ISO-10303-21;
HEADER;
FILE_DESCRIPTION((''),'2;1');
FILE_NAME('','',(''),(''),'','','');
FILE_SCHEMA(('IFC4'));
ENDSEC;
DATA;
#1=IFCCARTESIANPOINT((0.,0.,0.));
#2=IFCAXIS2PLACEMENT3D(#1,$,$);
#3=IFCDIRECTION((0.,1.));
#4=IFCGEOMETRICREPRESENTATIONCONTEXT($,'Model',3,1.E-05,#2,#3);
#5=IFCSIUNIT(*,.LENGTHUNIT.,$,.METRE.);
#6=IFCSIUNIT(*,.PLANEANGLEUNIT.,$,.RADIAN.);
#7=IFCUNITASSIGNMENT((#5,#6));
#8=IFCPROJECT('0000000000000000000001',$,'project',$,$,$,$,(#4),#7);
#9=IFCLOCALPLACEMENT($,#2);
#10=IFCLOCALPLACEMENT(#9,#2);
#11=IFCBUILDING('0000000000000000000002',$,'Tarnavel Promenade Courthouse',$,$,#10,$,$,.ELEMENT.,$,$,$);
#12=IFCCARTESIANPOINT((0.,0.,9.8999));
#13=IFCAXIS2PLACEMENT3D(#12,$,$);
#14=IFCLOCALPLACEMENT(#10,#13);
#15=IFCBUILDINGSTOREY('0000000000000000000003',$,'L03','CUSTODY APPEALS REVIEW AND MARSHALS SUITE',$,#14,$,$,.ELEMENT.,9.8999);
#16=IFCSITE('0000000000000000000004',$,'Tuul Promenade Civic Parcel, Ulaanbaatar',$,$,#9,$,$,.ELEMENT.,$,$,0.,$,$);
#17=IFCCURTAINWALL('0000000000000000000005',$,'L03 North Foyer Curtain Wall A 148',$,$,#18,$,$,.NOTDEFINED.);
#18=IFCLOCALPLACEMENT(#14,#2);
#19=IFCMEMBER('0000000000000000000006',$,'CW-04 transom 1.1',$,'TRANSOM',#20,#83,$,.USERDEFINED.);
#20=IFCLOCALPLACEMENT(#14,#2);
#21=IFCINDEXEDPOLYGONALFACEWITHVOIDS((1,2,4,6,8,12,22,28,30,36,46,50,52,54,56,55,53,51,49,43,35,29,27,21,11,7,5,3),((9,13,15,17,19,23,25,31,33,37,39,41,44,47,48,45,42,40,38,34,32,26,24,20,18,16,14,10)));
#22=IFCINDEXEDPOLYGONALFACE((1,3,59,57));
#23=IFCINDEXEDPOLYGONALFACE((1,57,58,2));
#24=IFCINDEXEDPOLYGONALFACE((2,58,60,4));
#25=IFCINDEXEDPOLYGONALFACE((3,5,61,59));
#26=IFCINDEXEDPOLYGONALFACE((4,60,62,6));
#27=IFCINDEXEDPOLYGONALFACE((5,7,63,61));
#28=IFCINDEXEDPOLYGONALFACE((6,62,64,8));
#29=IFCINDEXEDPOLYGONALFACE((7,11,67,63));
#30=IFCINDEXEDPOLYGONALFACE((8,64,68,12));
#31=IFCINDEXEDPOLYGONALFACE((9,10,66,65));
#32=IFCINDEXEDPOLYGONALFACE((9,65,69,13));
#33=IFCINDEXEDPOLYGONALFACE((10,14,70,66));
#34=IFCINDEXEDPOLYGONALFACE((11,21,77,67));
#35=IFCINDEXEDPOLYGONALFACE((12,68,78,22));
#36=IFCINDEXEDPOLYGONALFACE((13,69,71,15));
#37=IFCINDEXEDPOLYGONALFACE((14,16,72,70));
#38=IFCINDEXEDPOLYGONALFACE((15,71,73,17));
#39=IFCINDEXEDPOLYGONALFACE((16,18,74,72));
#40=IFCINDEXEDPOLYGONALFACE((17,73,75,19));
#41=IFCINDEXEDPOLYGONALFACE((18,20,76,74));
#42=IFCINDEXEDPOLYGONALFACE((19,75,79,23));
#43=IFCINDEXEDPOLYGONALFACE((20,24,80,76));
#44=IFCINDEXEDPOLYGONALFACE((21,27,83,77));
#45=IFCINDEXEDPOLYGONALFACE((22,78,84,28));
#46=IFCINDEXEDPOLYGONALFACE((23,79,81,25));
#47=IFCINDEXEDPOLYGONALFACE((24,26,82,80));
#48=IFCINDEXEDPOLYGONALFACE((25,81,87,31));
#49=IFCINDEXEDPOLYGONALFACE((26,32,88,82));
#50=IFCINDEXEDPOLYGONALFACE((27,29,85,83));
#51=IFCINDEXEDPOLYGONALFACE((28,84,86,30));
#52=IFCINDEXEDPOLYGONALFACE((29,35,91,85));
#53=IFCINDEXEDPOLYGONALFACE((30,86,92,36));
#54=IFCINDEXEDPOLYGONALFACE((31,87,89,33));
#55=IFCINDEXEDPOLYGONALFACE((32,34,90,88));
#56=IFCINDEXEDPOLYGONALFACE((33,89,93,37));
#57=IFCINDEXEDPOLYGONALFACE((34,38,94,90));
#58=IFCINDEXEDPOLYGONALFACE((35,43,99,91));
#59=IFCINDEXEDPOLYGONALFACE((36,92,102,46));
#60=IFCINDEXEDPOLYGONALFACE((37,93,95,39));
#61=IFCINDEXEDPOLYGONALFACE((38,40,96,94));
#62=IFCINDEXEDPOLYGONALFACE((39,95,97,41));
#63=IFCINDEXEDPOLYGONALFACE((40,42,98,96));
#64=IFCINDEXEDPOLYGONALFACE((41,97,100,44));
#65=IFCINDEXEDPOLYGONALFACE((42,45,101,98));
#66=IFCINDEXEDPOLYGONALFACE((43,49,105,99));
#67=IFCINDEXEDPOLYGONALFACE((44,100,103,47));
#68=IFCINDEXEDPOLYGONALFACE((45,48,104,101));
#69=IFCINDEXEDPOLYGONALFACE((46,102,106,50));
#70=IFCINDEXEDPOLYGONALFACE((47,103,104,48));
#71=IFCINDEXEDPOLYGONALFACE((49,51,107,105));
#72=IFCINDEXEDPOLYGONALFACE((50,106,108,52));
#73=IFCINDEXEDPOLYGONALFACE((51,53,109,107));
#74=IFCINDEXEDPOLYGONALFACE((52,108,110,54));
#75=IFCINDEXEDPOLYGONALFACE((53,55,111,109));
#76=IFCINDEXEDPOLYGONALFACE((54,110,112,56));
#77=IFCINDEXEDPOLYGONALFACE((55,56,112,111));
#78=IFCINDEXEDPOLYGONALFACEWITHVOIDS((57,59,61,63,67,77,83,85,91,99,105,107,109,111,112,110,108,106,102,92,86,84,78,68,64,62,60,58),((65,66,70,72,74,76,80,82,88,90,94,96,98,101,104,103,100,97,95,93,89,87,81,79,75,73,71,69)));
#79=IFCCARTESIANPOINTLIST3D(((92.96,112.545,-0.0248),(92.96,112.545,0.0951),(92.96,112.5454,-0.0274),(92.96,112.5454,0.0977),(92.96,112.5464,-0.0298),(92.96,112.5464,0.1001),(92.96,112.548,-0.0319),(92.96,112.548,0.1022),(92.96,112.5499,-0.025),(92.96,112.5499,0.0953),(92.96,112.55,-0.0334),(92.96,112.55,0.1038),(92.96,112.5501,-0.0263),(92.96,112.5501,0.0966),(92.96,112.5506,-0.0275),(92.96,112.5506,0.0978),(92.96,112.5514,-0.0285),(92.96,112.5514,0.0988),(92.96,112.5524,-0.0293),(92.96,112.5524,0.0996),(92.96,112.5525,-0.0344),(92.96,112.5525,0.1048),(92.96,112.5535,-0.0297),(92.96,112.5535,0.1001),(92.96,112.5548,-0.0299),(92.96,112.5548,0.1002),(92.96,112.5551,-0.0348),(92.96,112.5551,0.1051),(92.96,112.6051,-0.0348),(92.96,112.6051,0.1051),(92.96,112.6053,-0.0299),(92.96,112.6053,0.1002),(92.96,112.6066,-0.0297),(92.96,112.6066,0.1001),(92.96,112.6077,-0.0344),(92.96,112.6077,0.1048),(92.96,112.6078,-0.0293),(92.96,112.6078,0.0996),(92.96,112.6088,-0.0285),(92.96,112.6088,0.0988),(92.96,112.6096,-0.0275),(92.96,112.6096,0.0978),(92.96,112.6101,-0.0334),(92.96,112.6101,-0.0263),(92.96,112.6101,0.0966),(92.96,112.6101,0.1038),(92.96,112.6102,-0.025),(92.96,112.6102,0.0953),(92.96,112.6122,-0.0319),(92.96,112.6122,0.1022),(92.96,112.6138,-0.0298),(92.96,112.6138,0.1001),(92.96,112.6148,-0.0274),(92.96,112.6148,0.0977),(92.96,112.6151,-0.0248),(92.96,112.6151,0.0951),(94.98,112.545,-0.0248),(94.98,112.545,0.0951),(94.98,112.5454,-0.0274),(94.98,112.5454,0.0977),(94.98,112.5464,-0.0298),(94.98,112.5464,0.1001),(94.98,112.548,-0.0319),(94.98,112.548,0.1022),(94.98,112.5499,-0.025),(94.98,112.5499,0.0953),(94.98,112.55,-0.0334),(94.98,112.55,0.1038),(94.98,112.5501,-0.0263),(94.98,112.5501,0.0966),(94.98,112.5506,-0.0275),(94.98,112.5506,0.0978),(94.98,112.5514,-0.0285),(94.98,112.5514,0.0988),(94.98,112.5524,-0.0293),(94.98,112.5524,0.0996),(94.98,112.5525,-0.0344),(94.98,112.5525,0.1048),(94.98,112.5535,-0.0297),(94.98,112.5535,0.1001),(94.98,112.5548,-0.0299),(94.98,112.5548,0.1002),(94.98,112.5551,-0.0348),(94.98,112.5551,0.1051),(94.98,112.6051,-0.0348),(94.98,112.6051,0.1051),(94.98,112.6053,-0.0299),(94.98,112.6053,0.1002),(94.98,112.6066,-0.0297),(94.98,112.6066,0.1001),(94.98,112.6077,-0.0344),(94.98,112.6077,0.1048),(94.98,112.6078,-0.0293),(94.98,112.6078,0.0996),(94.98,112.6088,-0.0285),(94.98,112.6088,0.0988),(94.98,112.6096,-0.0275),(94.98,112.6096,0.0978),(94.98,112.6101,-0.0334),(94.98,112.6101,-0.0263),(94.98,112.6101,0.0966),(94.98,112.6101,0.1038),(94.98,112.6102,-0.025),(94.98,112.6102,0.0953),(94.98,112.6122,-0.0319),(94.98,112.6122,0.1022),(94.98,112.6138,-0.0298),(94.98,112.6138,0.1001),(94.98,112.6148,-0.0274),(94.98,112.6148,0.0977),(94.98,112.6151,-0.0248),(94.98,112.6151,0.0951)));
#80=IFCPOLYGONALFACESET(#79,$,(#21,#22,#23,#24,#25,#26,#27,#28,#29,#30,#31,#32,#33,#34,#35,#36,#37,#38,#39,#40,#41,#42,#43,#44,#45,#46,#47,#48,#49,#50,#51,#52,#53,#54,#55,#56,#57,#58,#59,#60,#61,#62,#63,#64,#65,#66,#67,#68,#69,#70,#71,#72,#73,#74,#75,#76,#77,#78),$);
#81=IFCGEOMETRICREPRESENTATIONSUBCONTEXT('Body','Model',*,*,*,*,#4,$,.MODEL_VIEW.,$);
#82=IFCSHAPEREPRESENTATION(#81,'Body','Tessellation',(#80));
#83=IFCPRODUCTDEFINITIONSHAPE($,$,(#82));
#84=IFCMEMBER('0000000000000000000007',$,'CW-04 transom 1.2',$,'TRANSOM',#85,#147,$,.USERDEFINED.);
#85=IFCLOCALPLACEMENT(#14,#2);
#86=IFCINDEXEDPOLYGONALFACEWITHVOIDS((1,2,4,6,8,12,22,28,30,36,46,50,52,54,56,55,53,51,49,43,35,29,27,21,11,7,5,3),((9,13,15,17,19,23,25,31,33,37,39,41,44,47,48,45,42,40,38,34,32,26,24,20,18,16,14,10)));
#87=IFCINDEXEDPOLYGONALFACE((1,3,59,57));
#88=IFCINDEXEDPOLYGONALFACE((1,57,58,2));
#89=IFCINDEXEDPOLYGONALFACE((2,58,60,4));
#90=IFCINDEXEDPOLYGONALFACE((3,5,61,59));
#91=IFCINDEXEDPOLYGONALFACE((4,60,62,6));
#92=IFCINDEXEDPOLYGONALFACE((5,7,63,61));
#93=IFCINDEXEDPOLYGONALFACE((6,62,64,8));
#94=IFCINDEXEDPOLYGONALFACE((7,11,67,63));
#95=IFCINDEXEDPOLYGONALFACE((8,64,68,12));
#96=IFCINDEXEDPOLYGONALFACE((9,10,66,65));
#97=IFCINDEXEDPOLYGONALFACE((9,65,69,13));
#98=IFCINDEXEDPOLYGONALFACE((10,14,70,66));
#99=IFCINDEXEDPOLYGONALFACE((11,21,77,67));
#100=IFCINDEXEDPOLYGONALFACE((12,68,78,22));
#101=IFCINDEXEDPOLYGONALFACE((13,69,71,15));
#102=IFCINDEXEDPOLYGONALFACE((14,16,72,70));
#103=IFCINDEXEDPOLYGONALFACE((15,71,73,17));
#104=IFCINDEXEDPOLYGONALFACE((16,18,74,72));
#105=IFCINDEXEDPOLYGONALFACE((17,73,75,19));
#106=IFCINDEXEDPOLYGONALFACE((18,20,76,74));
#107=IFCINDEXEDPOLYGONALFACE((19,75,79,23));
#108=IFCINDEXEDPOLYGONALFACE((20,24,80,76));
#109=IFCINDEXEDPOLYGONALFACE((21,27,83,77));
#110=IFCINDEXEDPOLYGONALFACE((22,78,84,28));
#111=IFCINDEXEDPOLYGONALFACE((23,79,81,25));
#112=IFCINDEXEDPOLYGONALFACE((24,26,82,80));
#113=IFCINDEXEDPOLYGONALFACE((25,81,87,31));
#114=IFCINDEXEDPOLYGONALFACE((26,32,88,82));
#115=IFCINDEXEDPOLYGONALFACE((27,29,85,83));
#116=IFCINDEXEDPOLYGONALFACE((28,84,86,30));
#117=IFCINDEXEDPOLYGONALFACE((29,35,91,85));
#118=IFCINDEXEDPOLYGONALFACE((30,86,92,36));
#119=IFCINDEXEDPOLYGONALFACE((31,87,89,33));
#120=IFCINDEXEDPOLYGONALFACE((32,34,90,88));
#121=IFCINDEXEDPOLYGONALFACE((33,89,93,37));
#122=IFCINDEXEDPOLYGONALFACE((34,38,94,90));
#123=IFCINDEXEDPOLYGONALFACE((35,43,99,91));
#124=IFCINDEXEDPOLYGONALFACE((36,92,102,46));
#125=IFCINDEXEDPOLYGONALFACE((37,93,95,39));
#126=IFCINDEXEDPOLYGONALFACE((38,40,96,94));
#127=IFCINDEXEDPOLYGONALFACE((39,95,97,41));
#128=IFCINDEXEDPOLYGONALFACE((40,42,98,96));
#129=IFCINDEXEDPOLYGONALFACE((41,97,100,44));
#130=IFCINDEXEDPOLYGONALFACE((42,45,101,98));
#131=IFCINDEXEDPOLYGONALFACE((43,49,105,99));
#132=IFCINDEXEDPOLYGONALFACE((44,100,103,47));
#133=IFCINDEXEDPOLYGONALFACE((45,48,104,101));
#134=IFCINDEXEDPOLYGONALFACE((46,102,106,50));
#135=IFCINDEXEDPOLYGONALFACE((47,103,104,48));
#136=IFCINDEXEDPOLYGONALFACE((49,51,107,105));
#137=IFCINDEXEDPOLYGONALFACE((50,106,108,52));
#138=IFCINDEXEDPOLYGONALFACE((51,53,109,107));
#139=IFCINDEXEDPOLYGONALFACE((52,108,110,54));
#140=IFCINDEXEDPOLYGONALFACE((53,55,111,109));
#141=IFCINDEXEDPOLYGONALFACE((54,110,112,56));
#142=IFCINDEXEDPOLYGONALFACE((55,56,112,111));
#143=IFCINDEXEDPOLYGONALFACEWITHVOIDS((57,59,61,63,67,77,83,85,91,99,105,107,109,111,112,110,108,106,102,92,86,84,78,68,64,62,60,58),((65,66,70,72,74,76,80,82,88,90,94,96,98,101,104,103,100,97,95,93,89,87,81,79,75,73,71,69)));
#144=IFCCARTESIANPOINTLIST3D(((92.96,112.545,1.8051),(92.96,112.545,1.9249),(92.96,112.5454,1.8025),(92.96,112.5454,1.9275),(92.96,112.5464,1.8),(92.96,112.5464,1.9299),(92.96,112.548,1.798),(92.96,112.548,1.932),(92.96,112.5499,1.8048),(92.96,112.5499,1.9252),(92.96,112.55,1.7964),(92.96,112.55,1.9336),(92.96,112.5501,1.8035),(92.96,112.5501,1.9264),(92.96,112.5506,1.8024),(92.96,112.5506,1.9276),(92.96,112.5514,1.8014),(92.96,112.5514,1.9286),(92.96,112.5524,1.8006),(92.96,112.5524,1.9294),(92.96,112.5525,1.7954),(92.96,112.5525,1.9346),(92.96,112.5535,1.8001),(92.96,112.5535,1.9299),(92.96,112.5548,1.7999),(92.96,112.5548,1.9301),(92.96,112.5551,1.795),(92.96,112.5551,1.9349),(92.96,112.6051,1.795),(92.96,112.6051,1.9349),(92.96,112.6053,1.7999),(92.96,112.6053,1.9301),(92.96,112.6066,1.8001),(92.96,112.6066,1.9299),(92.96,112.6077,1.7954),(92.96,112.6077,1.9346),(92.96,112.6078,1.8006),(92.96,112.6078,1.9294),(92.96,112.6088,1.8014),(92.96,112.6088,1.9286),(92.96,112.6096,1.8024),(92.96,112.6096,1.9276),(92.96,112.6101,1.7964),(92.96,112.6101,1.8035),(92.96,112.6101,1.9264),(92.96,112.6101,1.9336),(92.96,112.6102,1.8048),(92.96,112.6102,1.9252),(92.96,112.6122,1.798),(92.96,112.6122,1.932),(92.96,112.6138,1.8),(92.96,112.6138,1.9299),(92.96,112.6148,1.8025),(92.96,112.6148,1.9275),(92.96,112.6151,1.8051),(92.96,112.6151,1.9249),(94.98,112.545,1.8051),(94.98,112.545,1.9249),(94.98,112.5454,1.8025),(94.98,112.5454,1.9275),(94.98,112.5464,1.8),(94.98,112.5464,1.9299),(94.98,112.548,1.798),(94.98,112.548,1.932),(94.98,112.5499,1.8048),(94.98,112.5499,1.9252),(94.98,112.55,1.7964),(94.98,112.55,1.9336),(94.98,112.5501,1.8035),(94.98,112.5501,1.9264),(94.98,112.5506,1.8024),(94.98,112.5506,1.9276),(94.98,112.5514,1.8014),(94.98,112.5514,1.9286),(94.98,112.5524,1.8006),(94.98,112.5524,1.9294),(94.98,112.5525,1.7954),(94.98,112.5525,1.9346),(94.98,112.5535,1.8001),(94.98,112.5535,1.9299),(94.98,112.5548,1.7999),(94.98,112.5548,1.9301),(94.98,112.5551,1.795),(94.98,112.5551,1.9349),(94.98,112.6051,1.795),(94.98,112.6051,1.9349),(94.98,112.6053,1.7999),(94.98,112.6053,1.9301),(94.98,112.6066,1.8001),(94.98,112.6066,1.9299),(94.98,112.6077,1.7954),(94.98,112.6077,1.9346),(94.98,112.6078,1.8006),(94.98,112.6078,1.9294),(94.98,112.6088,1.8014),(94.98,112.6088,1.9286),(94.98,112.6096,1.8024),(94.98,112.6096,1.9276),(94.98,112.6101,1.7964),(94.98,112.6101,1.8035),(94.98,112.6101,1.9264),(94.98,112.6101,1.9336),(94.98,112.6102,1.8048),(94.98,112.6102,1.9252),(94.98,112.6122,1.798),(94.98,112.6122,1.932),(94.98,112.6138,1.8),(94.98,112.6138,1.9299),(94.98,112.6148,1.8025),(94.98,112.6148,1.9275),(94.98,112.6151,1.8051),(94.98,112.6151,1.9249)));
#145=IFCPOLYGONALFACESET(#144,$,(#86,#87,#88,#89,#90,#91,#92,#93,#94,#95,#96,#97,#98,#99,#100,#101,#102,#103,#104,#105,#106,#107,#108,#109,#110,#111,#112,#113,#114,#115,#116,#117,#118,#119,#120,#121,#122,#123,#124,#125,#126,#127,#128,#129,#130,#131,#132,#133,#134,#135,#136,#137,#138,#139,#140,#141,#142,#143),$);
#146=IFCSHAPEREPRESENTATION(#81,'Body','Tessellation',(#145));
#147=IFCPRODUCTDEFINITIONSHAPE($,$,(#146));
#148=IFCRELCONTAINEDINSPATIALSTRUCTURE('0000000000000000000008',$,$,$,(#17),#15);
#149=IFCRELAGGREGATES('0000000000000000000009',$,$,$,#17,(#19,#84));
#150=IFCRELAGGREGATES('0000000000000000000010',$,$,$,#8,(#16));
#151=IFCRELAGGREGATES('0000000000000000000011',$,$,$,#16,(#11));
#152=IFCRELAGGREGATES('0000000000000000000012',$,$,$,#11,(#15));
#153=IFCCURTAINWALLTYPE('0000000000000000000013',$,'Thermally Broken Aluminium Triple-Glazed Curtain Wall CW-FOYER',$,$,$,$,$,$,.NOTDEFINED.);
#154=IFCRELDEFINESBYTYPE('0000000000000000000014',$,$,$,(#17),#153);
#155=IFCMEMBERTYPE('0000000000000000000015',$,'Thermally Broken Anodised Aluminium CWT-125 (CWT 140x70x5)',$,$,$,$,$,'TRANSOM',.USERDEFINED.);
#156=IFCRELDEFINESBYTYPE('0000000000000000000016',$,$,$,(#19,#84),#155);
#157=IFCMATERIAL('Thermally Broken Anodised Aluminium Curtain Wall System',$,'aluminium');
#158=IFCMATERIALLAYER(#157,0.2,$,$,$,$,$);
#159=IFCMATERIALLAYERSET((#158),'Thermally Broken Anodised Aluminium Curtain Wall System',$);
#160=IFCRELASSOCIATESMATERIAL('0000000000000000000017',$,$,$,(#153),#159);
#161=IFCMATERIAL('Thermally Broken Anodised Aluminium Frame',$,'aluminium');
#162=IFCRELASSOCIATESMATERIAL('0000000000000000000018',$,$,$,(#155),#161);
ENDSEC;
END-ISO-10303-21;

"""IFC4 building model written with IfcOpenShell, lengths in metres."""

from ifc_helpers import new_model, si_unit, direction, frame, origin, origin_2d, place, context, subcontext, project, spatial, hollow_rectangle, extrude, material, layer, layer_set, material_profile, profile_set, type_object, element, aggregate, save


model = new_model("IFC4")

# Units and contexts
model_context = context("Model", 3, precision=1e-05, world=origin(), true_north=direction((0.0, 1.0)))
body_context = subcontext(model_context, "Body", "Model", "MODEL_VIEW")
ifc_project = project(units=[si_unit("LENGTHUNIT", "METRE"), si_unit("PLANEANGLEUNIT", "RADIAN")], contexts=[model_context])

# Site, building, storey
site_placement = place(None, origin())
site = spatial("IfcSite", under=ifc_project, at=site_placement, Name="Tuul Promenade Civic Parcel, Ulaanbaatar", CompositionType="ELEMENT", RefElevation=0.0)
building_placement = place(site_placement, origin())
building = spatial("IfcBuilding", under=site, at=building_placement, Name="Tarnavel Promenade Courthouse", CompositionType="ELEMENT")
storey_placement = place(building_placement, frame((0.0, 0.0, 9.8999)))
storey = spatial("IfcBuildingStorey", under=building, at=storey_placement, Name="L03", Description="CUSTODY APPEALS REVIEW AND MARSHALS SUITE", CompositionType="ELEMENT", Elevation=9.8999)

# Shared definitions
ifc_material_1 = material(Name="Thermally Broken Anodised Aluminium Curtain Wall System", Category="aluminium")
ifc_layer_1 = layer(ifc_material_1, 0.2)
ifc_layer_set_1 = layer_set([ifc_layer_1], Name="Thermally Broken Anodised Aluminium Curtain Wall System")
curtain_wall_type = type_object("IfcCurtainWallType", Name="Thermally Broken Aluminium Triple-Glazed Curtain Wall CW-FOYER", PredefinedType="NOTDEFINED", material=ifc_layer_set_1)
ifc_material_2 = material(Name="Thermally Broken Anodised Aluminium Frame", Category="aluminium")

# Curtain wall
curtain_wall_1_placement = place(storey_placement, origin())
curtain_wall_1 = element("IfcCurtainWall", 1, at=curtain_wall_1_placement, inside=storey, type_object=curtain_wall_type, Name="L03 North Foyer Curtain Wall A 148", PredefinedType="NOTDEFINED")

# Members
ifc_material_profile_1 = material_profile(ifc_material_2, hollow_rectangle(XDim=0.0701, YDim=0.1399, WallThickness=0.0049, InnerFilletRadius=0.0049, OuterFilletRadius=0.01, at=origin_2d()), Name="CWT 140x70x5")
ifc_profile_set_1 = profile_set([ifc_material_profile_1], Name="Thermally Broken Anodised Aluminium Frame")
member_type_1 = type_object("IfcMemberType", Name="Thermally Broken Anodised Aluminium CWT-125 (CWT 140x70x5)", ElementType="TRANSOM", PredefinedType="USERDEFINED", material=ifc_profile_set_1)
member_1_placement = place(storey_placement, frame((92.96, 112.5801, 0.0352), z_axis=(1.0, 0.0, 0.0), x_axis=(0.0, 1.0, 0.0)))
member_1 = element("IfcMember", 2, at=member_1_placement, type_object=member_type_1, Name="CW-04 transom 1.1", ObjectType="TRANSOM", PredefinedType="USERDEFINED", context=body_context, shape_type="SweptSolid", body=[
    extrude(hollow_rectangle(XDim=0.0701, YDim=0.1399, WallThickness=0.0049, InnerFilletRadius=0.0049, OuterFilletRadius=0.01, at=origin_2d()), origin(), (0.0, 0.0, 1.0), 2.02),
])
member_2_placement = place(storey_placement, frame((92.96, 112.5801, 1.865), z_axis=(1.0, 0.0, 0.0), x_axis=(0.0, 1.0, 0.0)))
member_2 = element("IfcMember", 3, at=member_2_placement, type_object=member_type_1, Name="CW-04 transom 1.2", ObjectType="TRANSOM", PredefinedType="USERDEFINED", context=body_context, shape_type="SweptSolid", body=[
    extrude(hollow_rectangle(XDim=0.0701, YDim=0.1399, WallThickness=0.0049, InnerFilletRadius=0.0049, OuterFilletRadius=0.01, at=origin_2d()), origin(), (0.0, 0.0, 1.0), 2.02),
])

aggregate(curtain_wall_1, [member_1, member_2])

save(model, "model.ifc")
